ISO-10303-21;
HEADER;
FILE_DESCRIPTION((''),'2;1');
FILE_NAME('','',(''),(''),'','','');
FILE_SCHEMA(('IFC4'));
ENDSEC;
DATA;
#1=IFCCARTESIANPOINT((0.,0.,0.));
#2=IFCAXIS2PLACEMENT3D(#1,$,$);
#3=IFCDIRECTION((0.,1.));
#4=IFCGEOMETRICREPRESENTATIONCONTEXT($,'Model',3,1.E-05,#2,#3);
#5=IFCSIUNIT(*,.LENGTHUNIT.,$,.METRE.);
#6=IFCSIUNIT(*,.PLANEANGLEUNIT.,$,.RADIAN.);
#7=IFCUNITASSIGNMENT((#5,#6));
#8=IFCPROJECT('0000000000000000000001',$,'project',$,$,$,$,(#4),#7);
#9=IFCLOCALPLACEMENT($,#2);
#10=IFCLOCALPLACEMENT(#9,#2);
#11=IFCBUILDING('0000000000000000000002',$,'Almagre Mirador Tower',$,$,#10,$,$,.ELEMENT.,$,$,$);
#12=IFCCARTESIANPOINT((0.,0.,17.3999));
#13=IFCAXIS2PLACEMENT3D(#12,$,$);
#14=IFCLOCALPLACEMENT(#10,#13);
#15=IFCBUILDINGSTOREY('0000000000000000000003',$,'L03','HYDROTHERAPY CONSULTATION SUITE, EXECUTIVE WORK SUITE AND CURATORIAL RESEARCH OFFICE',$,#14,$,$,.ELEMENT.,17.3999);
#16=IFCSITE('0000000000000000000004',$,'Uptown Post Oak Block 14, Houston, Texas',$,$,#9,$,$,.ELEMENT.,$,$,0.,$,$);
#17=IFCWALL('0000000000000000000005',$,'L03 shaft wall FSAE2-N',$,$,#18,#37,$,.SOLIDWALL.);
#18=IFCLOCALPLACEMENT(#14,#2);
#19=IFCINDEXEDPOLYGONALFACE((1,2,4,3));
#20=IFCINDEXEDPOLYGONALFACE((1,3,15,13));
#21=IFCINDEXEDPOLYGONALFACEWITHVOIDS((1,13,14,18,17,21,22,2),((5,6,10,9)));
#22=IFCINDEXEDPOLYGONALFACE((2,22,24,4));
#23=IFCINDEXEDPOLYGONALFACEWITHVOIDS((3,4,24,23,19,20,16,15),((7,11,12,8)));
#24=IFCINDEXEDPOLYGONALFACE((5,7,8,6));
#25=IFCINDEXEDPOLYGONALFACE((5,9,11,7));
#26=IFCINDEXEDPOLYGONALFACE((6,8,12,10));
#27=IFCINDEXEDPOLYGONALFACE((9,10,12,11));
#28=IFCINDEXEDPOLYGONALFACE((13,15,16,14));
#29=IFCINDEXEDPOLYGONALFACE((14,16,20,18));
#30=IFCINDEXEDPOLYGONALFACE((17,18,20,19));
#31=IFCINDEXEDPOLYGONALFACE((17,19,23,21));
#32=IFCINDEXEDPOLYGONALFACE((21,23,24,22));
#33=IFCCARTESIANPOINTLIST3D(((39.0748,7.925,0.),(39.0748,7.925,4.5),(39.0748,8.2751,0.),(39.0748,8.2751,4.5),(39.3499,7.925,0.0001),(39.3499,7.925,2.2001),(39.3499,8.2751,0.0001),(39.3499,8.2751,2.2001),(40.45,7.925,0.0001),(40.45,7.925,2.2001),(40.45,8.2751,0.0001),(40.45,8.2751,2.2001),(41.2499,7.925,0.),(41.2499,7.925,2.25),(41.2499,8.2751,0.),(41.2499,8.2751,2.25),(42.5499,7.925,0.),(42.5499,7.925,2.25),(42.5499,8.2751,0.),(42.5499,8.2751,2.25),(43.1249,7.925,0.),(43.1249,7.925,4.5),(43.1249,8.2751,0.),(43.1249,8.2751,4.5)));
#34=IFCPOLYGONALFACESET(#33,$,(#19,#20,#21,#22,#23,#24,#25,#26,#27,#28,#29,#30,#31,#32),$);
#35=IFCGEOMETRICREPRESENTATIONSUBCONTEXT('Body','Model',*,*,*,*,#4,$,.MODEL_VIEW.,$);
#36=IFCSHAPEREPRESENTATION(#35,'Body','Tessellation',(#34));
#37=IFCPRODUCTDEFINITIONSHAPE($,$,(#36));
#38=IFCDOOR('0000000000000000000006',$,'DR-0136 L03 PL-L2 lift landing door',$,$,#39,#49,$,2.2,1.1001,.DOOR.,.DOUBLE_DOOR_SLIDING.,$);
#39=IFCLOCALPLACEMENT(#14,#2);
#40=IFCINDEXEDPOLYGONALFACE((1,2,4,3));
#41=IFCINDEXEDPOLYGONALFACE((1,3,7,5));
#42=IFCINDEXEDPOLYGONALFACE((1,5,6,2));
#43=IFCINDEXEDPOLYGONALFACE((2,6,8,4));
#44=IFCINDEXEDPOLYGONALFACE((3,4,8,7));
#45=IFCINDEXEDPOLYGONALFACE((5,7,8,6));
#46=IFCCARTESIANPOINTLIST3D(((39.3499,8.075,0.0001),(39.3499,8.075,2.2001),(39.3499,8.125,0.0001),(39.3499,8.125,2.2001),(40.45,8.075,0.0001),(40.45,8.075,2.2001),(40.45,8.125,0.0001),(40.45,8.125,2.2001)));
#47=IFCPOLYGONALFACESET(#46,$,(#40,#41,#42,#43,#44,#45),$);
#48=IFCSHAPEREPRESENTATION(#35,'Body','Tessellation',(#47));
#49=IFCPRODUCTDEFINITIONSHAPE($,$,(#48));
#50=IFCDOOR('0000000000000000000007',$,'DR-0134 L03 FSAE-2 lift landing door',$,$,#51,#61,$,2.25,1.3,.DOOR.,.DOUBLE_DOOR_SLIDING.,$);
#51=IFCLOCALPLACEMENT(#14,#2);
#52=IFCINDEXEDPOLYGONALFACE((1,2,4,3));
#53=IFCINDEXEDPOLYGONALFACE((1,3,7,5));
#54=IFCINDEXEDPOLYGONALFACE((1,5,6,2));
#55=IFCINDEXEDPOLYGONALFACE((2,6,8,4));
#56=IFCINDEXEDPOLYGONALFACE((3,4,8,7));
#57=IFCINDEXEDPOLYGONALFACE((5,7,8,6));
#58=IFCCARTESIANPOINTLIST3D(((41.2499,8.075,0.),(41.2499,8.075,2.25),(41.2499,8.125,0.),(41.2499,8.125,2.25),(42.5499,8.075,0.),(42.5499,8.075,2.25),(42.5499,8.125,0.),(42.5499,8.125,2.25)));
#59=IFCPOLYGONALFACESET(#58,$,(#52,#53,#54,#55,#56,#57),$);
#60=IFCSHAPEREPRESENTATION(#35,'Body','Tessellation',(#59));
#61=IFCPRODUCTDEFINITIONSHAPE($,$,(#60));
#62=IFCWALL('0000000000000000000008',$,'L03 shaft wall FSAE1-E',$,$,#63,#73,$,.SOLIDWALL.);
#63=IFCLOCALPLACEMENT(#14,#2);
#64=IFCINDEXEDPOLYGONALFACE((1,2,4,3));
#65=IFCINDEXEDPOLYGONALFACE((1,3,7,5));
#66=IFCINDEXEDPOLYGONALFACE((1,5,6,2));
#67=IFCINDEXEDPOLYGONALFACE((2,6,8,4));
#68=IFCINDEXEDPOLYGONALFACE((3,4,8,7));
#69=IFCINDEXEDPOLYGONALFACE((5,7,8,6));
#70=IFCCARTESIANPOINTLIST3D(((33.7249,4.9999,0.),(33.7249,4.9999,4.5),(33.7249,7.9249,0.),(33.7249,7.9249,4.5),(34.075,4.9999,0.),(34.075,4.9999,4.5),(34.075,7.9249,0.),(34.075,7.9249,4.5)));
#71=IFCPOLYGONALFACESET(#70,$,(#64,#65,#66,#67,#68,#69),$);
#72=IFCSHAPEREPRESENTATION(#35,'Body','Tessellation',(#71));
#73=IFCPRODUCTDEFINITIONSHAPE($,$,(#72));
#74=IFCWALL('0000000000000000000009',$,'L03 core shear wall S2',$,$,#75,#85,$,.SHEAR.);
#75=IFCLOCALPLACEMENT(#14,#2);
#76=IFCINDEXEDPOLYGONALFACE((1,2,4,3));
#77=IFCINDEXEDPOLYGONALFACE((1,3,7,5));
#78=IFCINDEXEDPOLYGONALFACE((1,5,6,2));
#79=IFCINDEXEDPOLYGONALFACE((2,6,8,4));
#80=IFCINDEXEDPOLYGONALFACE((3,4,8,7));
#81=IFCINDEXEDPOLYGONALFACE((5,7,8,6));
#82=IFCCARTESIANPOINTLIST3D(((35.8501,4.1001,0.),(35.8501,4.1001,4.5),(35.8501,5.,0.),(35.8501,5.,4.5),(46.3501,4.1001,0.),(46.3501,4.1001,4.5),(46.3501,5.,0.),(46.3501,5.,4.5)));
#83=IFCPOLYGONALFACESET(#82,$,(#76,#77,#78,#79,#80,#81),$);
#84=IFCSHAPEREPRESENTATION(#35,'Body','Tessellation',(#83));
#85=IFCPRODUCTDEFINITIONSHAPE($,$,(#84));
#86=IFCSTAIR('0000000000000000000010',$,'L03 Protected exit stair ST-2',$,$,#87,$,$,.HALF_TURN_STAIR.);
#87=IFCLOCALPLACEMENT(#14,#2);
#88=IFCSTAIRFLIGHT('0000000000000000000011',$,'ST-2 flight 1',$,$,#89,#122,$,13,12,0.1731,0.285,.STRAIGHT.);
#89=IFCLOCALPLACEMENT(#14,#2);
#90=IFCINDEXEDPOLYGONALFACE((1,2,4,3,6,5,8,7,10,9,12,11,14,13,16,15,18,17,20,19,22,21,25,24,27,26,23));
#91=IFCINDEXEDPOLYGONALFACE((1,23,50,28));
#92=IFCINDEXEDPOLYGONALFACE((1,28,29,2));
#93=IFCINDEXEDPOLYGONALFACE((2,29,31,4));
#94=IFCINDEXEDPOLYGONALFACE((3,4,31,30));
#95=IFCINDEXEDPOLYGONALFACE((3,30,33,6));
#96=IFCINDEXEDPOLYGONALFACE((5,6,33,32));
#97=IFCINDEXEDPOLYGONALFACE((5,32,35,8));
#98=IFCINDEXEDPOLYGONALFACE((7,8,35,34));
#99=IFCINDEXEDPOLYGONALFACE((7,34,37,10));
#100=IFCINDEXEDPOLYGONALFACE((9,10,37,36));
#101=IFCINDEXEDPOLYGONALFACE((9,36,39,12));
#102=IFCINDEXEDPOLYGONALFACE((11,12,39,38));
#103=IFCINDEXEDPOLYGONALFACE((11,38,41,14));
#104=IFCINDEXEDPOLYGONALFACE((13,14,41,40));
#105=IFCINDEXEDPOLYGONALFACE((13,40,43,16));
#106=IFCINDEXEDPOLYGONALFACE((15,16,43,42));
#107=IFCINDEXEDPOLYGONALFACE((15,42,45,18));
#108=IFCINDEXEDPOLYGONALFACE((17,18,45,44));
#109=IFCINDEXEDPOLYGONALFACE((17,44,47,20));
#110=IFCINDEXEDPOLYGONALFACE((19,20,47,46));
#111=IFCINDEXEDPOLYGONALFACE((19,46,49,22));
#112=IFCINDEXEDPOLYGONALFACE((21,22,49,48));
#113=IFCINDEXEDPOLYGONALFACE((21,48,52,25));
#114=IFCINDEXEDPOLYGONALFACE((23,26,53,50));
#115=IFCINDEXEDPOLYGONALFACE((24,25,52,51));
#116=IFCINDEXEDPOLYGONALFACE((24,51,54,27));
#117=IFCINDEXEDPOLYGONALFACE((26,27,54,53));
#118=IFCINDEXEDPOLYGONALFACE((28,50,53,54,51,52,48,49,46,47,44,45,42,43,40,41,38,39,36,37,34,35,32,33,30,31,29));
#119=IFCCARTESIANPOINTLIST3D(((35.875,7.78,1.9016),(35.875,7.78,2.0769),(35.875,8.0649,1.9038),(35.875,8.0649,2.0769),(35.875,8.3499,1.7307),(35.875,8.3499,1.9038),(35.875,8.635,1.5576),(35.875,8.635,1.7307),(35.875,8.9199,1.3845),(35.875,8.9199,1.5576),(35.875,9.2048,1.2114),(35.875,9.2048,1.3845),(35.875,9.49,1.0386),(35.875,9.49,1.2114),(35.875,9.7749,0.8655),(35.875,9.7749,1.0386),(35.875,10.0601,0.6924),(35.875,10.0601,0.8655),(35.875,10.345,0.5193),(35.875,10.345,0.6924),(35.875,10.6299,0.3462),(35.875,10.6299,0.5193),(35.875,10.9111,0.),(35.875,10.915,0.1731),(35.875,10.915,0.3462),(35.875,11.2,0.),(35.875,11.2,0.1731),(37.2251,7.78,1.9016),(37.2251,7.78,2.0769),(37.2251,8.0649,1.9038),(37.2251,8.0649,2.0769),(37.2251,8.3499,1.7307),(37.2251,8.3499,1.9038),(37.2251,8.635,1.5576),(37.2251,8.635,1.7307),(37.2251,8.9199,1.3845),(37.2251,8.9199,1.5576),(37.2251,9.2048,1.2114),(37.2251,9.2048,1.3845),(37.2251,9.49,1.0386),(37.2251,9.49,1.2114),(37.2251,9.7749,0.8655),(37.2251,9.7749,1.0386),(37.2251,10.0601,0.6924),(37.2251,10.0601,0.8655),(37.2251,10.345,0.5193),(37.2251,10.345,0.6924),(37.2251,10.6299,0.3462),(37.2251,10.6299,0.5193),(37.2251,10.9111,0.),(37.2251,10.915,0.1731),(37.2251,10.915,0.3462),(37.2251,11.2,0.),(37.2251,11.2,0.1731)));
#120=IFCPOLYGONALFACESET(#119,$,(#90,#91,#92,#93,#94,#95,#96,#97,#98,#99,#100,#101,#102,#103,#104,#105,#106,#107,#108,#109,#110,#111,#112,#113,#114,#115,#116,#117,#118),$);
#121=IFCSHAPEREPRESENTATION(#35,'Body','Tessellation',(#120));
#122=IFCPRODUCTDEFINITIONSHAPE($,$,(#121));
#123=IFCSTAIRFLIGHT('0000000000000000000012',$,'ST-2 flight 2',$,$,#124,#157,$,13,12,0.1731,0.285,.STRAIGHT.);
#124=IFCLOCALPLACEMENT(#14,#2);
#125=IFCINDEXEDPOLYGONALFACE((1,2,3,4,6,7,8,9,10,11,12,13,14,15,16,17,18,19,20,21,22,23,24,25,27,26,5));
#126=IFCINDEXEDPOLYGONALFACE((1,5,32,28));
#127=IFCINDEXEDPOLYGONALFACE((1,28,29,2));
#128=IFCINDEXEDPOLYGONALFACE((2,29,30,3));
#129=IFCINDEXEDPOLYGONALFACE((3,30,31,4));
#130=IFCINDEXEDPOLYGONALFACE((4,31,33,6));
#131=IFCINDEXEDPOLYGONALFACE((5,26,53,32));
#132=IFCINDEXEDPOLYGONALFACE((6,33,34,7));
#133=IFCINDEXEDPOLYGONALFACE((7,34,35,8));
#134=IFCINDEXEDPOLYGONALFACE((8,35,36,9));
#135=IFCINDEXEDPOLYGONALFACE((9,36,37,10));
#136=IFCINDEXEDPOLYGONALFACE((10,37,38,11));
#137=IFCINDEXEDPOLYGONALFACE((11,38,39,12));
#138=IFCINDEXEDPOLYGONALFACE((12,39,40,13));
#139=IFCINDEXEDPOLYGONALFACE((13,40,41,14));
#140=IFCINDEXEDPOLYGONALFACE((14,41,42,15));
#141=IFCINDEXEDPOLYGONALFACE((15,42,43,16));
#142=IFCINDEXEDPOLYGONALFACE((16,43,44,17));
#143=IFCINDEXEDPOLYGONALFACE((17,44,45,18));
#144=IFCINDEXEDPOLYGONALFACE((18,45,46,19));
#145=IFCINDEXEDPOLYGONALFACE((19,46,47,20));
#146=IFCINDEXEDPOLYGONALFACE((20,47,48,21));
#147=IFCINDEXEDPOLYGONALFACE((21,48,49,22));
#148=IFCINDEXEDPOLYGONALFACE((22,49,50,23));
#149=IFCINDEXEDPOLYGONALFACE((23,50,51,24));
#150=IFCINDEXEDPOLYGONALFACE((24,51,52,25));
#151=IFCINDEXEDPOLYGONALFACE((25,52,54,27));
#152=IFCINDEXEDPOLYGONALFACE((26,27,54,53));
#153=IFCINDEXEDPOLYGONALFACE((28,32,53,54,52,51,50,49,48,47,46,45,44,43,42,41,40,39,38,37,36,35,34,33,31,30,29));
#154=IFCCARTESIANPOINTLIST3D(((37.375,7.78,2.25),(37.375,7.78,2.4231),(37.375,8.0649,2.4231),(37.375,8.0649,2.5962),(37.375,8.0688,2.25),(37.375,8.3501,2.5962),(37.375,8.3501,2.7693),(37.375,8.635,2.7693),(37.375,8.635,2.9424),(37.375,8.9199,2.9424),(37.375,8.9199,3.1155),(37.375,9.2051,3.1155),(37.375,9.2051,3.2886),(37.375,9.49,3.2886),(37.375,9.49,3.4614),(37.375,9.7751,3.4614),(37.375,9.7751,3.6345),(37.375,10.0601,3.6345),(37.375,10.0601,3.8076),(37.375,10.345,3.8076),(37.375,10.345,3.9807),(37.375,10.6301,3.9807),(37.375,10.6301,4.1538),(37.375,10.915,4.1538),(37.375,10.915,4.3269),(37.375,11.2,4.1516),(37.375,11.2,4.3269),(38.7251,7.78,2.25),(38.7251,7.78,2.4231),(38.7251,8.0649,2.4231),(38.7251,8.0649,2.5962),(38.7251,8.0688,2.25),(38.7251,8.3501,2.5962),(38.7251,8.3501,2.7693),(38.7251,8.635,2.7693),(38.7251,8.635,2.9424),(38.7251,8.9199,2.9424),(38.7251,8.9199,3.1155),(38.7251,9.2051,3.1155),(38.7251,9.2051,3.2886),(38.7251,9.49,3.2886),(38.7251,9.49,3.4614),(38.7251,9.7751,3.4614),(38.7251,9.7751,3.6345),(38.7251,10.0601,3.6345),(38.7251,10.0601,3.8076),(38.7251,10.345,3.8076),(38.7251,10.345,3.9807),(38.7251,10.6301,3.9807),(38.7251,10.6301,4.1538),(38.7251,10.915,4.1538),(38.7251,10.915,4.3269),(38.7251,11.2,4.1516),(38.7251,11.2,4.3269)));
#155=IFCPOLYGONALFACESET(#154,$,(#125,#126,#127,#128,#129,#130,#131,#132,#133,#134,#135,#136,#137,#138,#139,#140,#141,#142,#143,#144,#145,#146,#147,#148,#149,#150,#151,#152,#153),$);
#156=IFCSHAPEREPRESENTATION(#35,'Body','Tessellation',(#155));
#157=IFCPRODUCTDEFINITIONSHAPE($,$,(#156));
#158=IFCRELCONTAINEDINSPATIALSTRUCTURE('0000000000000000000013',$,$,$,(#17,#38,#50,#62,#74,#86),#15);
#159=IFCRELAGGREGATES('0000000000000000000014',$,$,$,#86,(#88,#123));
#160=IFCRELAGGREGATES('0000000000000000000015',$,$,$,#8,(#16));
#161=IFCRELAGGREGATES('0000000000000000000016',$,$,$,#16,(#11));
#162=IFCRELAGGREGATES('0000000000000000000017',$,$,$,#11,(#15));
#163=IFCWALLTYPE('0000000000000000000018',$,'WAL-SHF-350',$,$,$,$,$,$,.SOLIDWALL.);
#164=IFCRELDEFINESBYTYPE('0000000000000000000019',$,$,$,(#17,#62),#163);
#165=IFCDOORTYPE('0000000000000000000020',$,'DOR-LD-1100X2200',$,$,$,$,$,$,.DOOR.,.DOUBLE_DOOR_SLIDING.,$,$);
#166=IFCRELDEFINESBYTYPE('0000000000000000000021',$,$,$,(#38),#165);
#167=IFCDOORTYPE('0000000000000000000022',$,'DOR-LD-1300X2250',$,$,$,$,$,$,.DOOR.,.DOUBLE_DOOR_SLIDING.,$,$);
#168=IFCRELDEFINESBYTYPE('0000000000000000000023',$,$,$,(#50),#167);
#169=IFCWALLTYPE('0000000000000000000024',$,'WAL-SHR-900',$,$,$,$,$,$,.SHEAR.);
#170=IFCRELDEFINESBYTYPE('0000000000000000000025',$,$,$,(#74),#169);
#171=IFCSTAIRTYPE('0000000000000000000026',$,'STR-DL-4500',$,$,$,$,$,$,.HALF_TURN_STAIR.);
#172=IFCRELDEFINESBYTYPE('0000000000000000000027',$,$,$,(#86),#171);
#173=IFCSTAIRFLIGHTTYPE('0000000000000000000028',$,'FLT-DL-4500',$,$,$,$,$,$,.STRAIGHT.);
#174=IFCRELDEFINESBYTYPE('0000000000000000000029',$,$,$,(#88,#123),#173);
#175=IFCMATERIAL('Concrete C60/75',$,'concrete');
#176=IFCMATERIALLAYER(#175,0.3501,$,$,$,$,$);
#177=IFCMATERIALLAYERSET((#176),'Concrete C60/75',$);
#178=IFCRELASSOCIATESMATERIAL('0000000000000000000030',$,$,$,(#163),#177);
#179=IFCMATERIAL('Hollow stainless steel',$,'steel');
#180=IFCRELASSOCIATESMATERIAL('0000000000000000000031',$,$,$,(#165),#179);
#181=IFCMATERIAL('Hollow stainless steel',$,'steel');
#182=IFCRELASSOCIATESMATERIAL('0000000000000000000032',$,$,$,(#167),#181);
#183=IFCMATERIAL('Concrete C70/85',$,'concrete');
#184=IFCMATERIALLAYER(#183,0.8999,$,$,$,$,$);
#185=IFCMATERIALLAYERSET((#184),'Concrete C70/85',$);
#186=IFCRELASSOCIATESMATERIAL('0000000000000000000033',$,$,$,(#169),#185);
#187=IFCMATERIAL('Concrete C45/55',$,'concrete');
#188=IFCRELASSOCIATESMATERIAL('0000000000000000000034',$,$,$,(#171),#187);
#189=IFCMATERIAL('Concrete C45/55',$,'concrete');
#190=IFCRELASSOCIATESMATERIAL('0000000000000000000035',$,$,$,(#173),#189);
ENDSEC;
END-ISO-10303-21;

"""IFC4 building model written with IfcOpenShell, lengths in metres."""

from ifc_helpers import new_model, si_unit, direction, frame, frame_2d, origin, place, context, subcontext, project, spatial, polyline, rectangle, outline, extrude, material, layer, layer_set, type_object, element, fill, aggregate, save


model = new_model("IFC4")

# Units and contexts
model_context = context("Model", 3, precision=1e-05, world=origin(), true_north=direction((0.0, 1.0)))
body_context = subcontext(model_context, "Body", "Model", "MODEL_VIEW")
ifc_project = project(units=[si_unit("LENGTHUNIT", "METRE"), si_unit("PLANEANGLEUNIT", "RADIAN")], contexts=[model_context])

# Site, building, storey
site_placement = place(None, origin())
site = spatial("IfcSite", under=ifc_project, at=site_placement, Name="Uptown Post Oak Block 14, Houston, Texas", CompositionType="ELEMENT", RefElevation=0.0)
building_placement = place(site_placement, origin())
building = spatial("IfcBuilding", under=site, at=building_placement, Name="Almagre Mirador Tower", CompositionType="ELEMENT")
storey_placement = place(building_placement, frame((0.0, 0.0, 17.3999)))
storey = spatial("IfcBuildingStorey", under=building, at=storey_placement, Name="L03", Description="HYDROTHERAPY CONSULTATION SUITE, EXECUTIVE WORK SUITE AND CURATORIAL RESEARCH OFFICE", CompositionType="ELEMENT", Elevation=17.3999)

# Shared definitions
ifc_material_1 = material(Name="Concrete C60/75", Category="concrete")
ifc_layer_1 = layer(ifc_material_1, 0.3501)
ifc_layer_set_1 = layer_set([ifc_layer_1], Name="Concrete C60/75")
wall_type_1 = type_object("IfcWallType", Name="WAL-SHF-350", PredefinedType="SOLIDWALL", material=ifc_layer_set_1)

# Wall, openings, doors
wall_1_placement = place(storey_placement, frame((39.075, 8.1001, 0.0), z_axis=(0.0, 0.0, 1.0), x_axis=(1.0, 0.0, 0.0)))
wall_1 = element("IfcWall", 1, at=wall_1_placement, inside=storey, type_object=wall_type_1, Name="L03 shaft wall FSAE2-N", PredefinedType="SOLIDWALL", context=body_context, shape_type="SweptSolid", body=[
    extrude(rectangle(XDim=4.05, YDim=0.3501, at=frame_2d((2.0249, 0.0))), origin(), (0.0, 0.0, 1.0), 4.5),
])
opening_1_placement = place(wall_1_placement, frame((2.175, 0.0, 0.0)))
opening_1 = element("IfcOpeningElement", 2, at=opening_1_placement, cuts=wall_1, PredefinedType="OPENING", context=body_context, shape_type="SweptSolid", body=[
    extrude(rectangle(XDim=1.3, YDim=2.25, at=frame_2d((0.6499, 1.125))), frame((0.0, 0.185, 0.0), z_axis=(0.0, -1.0, 0.0), x_axis=(1.0, 0.0, 0.0)), (0.0, 0.0, 1.0), 0.3701),
])
opening_2_placement = place(wall_1_placement, frame((0.2749, 0.0, 0.0)))
opening_2 = element("IfcOpeningElement", 3, at=opening_2_placement, cuts=wall_1, PredefinedType="OPENING", context=body_context, shape_type="SweptSolid", body=[
    extrude(rectangle(XDim=1.1001, YDim=2.2, at=frame_2d((0.55, 1.1001))), frame((0.0, 0.185, 0.0), z_axis=(0.0, -1.0, 0.0), x_axis=(1.0, 0.0, 0.0)), (0.0, 0.0, 1.0), 0.3701),
])
ifc_material_2 = material(Name="Hollow stainless steel", Category="steel")
door_type_1 = type_object("IfcDoorType", Name="DOR-LD-1100X2200", OperationType="DOUBLE_DOOR_SLIDING", PredefinedType="DOOR", material=ifc_material_2)
door_1_placement = place(opening_2_placement, origin())
door_1 = element("IfcDoor", 4, at=door_1_placement, inside=storey, type_object=door_type_1, Name="DR-0136 L03 PL-L2 lift landing door", OperationType="DOUBLE_DOOR_SLIDING", OverallHeight=2.2, OverallWidth=1.1001, PredefinedType="DOOR", context=body_context, shape_type="SweptSolid", body=[
    extrude(rectangle(XDim=1.1001, YDim=2.2, at=frame_2d((0.55, 1.1001))), frame((0.0, 0.0249, 0.0), z_axis=(0.0, -1.0, 0.0), x_axis=(1.0, 0.0, 0.0)), (0.0, 0.0, 1.0), 0.05),
])
fill(opening_2, door_1)
ifc_material_3 = material(Name="Hollow stainless steel", Category="steel")
door_type_2 = type_object("IfcDoorType", Name="DOR-LD-1300X2250", OperationType="DOUBLE_DOOR_SLIDING", PredefinedType="DOOR", material=ifc_material_3)
door_2_placement = place(opening_1_placement, origin())
door_2 = element("IfcDoor", 5, at=door_2_placement, inside=storey, type_object=door_type_2, Name="DR-0134 L03 FSAE-2 lift landing door", OperationType="DOUBLE_DOOR_SLIDING", OverallHeight=2.25, OverallWidth=1.3, PredefinedType="DOOR", context=body_context, shape_type="SweptSolid", body=[
    extrude(rectangle(XDim=1.3, YDim=2.25, at=frame_2d((0.6499, 1.125))), frame((0.0, 0.0249, 0.0), z_axis=(0.0, -1.0, 0.0), x_axis=(1.0, 0.0, 0.0)), (0.0, 0.0, 1.0), 0.05),
])
fill(opening_1, door_2)

# Walls
wall_2_placement = place(storey_placement, frame((33.8999, 5.0, 0.0), z_axis=(0.0, 0.0, 1.0), x_axis=(0.0, 1.0, 0.0)))
element("IfcWall", 6, at=wall_2_placement, inside=storey, type_object=wall_type_1, Name="L03 shaft wall FSAE1-E", PredefinedType="SOLIDWALL", context=body_context, shape_type="SweptSolid", body=[
    extrude(rectangle(XDim=2.925, YDim=0.3501, at=frame_2d((1.4624, 0.0))), origin(), (0.0, 0.0, 1.0), 4.5),
])
ifc_material_4 = material(Name="Concrete C70/85", Category="concrete")
ifc_layer_2 = layer(ifc_material_4, 0.8999)
ifc_layer_set_2 = layer_set([ifc_layer_2], Name="Concrete C70/85")
wall_type_2 = type_object("IfcWallType", Name="WAL-SHR-900", PredefinedType="SHEAR", material=ifc_layer_set_2)
wall_3_placement = place(storey_placement, frame((35.8501, 4.55, 0.0), z_axis=(0.0, 0.0, 1.0), x_axis=(1.0, 0.0, 0.0)))
element("IfcWall", 7, at=wall_3_placement, inside=storey, type_object=wall_type_2, Name="L03 core shear wall S2", PredefinedType="SHEAR", context=body_context, shape_type="SweptSolid", body=[
    extrude(rectangle(XDim=10.5, YDim=0.8999, at=frame_2d((5.25, 0.0))), origin(), (0.0, 0.0, 1.0), 4.5),
])

# Stair, stair flights
ifc_material_5 = material(Name="Concrete C45/55", Category="concrete")
stair_type = type_object("IfcStairType", Name="STR-DL-4500", PredefinedType="HALF_TURN_STAIR", material=ifc_material_5)
stair_placement = place(storey_placement, origin())
stair = element("IfcStair", 8, at=stair_placement, inside=storey, type_object=stair_type, Name="L03 Protected exit stair ST-2", PredefinedType="HALF_TURN_STAIR")
ifc_material_6 = material(Name="Concrete C45/55", Category="concrete")
stair_flight_type = type_object("IfcStairFlightType", Name="FLT-DL-4500", PredefinedType="STRAIGHT", material=ifc_material_6)
stair_flight_1_placement = place(storey_placement, frame((36.55, 11.2, 0.0), z_axis=(0.0, 0.0, 1.0), x_axis=(0.0, -1.0, 0.0)))
stair_flight_1 = element("IfcStairFlight", 9, at=stair_flight_1_placement, type_object=stair_flight_type, Name="ST-2 flight 1", NumberOfRisers=13, NumberOfTreads=12, PredefinedType="STRAIGHT", RiserHeight=0.1731, TreadLength=0.285, context=body_context, shape_type="SweptSolid", body=[
    extrude(outline(polyline([(0.0, 0.0), (0.0, 0.1731), (0.2849, 0.1731), (0.2849, 0.3462), (0.5701, 0.3462), (0.5701, 0.5193), (0.855, 0.5193), (0.855, 0.6924), (1.1399, 0.6924), (1.1399, 0.8655), (1.425, 0.8655), (1.425, 1.0386), (1.71, 1.0386), (1.71, 1.2114), (1.9951, 1.2114), (1.9951, 1.3845), (2.28, 1.3845), (2.28, 1.5576), (2.5649, 1.5576), (2.5649, 1.7307), (2.8501, 1.7307), (2.8501, 1.9038), (3.135, 1.9038), (3.135, 2.0769), (3.4199, 2.0769), (3.4199, 2.25), (3.4199, 1.9016), (0.2888, 0.0), (0.0, 0.0)])), frame((0.0, 0.675, 0.0), z_axis=(0.0, -1.0, 0.0), x_axis=(1.0, 0.0, 0.0)), (0.0, 0.0, 1.0), 1.3501),
])
stair_flight_2_placement = place(storey_placement, frame((38.05, 7.78, 2.25), z_axis=(0.0, 0.0, 1.0), x_axis=(0.0, 1.0, 0.0)))
stair_flight_2 = element("IfcStairFlight", 10, at=stair_flight_2_placement, type_object=stair_flight_type, Name="ST-2 flight 2", NumberOfRisers=13, NumberOfTreads=12, PredefinedType="STRAIGHT", RiserHeight=0.1731, TreadLength=0.285, context=body_context, shape_type="SweptSolid", body=[
    extrude(outline(polyline([(0.0, 0.0), (0.0, 0.1731), (0.2849, 0.1731), (0.2849, 0.3462), (0.5701, 0.3462), (0.5701, 0.5193), (0.855, 0.5193), (0.855, 0.6924), (1.1399, 0.6924), (1.1399, 0.8655), (1.425, 0.8655), (1.425, 1.0386), (1.71, 1.0386), (1.71, 1.2114), (1.9951, 1.2114), (1.9951, 1.3845), (2.28, 1.3845), (2.28, 1.5576), (2.5649, 1.5576), (2.5649, 1.7307), (2.8501, 1.7307), (2.8501, 1.9038), (3.135, 1.9038), (3.135, 2.0769), (3.4199, 2.0769), (3.4199, 2.25), (3.4199, 1.9016), (0.2888, 0.0), (0.0, 0.0)])), frame((0.0, 0.675, 0.0), z_axis=(0.0, -1.0, 0.0), x_axis=(1.0, 0.0, 0.0)), (0.0, 0.0, 1.0), 1.3501),
])
aggregate(stair, [stair_flight_1, stair_flight_2])

save(model, "model.ifc")
